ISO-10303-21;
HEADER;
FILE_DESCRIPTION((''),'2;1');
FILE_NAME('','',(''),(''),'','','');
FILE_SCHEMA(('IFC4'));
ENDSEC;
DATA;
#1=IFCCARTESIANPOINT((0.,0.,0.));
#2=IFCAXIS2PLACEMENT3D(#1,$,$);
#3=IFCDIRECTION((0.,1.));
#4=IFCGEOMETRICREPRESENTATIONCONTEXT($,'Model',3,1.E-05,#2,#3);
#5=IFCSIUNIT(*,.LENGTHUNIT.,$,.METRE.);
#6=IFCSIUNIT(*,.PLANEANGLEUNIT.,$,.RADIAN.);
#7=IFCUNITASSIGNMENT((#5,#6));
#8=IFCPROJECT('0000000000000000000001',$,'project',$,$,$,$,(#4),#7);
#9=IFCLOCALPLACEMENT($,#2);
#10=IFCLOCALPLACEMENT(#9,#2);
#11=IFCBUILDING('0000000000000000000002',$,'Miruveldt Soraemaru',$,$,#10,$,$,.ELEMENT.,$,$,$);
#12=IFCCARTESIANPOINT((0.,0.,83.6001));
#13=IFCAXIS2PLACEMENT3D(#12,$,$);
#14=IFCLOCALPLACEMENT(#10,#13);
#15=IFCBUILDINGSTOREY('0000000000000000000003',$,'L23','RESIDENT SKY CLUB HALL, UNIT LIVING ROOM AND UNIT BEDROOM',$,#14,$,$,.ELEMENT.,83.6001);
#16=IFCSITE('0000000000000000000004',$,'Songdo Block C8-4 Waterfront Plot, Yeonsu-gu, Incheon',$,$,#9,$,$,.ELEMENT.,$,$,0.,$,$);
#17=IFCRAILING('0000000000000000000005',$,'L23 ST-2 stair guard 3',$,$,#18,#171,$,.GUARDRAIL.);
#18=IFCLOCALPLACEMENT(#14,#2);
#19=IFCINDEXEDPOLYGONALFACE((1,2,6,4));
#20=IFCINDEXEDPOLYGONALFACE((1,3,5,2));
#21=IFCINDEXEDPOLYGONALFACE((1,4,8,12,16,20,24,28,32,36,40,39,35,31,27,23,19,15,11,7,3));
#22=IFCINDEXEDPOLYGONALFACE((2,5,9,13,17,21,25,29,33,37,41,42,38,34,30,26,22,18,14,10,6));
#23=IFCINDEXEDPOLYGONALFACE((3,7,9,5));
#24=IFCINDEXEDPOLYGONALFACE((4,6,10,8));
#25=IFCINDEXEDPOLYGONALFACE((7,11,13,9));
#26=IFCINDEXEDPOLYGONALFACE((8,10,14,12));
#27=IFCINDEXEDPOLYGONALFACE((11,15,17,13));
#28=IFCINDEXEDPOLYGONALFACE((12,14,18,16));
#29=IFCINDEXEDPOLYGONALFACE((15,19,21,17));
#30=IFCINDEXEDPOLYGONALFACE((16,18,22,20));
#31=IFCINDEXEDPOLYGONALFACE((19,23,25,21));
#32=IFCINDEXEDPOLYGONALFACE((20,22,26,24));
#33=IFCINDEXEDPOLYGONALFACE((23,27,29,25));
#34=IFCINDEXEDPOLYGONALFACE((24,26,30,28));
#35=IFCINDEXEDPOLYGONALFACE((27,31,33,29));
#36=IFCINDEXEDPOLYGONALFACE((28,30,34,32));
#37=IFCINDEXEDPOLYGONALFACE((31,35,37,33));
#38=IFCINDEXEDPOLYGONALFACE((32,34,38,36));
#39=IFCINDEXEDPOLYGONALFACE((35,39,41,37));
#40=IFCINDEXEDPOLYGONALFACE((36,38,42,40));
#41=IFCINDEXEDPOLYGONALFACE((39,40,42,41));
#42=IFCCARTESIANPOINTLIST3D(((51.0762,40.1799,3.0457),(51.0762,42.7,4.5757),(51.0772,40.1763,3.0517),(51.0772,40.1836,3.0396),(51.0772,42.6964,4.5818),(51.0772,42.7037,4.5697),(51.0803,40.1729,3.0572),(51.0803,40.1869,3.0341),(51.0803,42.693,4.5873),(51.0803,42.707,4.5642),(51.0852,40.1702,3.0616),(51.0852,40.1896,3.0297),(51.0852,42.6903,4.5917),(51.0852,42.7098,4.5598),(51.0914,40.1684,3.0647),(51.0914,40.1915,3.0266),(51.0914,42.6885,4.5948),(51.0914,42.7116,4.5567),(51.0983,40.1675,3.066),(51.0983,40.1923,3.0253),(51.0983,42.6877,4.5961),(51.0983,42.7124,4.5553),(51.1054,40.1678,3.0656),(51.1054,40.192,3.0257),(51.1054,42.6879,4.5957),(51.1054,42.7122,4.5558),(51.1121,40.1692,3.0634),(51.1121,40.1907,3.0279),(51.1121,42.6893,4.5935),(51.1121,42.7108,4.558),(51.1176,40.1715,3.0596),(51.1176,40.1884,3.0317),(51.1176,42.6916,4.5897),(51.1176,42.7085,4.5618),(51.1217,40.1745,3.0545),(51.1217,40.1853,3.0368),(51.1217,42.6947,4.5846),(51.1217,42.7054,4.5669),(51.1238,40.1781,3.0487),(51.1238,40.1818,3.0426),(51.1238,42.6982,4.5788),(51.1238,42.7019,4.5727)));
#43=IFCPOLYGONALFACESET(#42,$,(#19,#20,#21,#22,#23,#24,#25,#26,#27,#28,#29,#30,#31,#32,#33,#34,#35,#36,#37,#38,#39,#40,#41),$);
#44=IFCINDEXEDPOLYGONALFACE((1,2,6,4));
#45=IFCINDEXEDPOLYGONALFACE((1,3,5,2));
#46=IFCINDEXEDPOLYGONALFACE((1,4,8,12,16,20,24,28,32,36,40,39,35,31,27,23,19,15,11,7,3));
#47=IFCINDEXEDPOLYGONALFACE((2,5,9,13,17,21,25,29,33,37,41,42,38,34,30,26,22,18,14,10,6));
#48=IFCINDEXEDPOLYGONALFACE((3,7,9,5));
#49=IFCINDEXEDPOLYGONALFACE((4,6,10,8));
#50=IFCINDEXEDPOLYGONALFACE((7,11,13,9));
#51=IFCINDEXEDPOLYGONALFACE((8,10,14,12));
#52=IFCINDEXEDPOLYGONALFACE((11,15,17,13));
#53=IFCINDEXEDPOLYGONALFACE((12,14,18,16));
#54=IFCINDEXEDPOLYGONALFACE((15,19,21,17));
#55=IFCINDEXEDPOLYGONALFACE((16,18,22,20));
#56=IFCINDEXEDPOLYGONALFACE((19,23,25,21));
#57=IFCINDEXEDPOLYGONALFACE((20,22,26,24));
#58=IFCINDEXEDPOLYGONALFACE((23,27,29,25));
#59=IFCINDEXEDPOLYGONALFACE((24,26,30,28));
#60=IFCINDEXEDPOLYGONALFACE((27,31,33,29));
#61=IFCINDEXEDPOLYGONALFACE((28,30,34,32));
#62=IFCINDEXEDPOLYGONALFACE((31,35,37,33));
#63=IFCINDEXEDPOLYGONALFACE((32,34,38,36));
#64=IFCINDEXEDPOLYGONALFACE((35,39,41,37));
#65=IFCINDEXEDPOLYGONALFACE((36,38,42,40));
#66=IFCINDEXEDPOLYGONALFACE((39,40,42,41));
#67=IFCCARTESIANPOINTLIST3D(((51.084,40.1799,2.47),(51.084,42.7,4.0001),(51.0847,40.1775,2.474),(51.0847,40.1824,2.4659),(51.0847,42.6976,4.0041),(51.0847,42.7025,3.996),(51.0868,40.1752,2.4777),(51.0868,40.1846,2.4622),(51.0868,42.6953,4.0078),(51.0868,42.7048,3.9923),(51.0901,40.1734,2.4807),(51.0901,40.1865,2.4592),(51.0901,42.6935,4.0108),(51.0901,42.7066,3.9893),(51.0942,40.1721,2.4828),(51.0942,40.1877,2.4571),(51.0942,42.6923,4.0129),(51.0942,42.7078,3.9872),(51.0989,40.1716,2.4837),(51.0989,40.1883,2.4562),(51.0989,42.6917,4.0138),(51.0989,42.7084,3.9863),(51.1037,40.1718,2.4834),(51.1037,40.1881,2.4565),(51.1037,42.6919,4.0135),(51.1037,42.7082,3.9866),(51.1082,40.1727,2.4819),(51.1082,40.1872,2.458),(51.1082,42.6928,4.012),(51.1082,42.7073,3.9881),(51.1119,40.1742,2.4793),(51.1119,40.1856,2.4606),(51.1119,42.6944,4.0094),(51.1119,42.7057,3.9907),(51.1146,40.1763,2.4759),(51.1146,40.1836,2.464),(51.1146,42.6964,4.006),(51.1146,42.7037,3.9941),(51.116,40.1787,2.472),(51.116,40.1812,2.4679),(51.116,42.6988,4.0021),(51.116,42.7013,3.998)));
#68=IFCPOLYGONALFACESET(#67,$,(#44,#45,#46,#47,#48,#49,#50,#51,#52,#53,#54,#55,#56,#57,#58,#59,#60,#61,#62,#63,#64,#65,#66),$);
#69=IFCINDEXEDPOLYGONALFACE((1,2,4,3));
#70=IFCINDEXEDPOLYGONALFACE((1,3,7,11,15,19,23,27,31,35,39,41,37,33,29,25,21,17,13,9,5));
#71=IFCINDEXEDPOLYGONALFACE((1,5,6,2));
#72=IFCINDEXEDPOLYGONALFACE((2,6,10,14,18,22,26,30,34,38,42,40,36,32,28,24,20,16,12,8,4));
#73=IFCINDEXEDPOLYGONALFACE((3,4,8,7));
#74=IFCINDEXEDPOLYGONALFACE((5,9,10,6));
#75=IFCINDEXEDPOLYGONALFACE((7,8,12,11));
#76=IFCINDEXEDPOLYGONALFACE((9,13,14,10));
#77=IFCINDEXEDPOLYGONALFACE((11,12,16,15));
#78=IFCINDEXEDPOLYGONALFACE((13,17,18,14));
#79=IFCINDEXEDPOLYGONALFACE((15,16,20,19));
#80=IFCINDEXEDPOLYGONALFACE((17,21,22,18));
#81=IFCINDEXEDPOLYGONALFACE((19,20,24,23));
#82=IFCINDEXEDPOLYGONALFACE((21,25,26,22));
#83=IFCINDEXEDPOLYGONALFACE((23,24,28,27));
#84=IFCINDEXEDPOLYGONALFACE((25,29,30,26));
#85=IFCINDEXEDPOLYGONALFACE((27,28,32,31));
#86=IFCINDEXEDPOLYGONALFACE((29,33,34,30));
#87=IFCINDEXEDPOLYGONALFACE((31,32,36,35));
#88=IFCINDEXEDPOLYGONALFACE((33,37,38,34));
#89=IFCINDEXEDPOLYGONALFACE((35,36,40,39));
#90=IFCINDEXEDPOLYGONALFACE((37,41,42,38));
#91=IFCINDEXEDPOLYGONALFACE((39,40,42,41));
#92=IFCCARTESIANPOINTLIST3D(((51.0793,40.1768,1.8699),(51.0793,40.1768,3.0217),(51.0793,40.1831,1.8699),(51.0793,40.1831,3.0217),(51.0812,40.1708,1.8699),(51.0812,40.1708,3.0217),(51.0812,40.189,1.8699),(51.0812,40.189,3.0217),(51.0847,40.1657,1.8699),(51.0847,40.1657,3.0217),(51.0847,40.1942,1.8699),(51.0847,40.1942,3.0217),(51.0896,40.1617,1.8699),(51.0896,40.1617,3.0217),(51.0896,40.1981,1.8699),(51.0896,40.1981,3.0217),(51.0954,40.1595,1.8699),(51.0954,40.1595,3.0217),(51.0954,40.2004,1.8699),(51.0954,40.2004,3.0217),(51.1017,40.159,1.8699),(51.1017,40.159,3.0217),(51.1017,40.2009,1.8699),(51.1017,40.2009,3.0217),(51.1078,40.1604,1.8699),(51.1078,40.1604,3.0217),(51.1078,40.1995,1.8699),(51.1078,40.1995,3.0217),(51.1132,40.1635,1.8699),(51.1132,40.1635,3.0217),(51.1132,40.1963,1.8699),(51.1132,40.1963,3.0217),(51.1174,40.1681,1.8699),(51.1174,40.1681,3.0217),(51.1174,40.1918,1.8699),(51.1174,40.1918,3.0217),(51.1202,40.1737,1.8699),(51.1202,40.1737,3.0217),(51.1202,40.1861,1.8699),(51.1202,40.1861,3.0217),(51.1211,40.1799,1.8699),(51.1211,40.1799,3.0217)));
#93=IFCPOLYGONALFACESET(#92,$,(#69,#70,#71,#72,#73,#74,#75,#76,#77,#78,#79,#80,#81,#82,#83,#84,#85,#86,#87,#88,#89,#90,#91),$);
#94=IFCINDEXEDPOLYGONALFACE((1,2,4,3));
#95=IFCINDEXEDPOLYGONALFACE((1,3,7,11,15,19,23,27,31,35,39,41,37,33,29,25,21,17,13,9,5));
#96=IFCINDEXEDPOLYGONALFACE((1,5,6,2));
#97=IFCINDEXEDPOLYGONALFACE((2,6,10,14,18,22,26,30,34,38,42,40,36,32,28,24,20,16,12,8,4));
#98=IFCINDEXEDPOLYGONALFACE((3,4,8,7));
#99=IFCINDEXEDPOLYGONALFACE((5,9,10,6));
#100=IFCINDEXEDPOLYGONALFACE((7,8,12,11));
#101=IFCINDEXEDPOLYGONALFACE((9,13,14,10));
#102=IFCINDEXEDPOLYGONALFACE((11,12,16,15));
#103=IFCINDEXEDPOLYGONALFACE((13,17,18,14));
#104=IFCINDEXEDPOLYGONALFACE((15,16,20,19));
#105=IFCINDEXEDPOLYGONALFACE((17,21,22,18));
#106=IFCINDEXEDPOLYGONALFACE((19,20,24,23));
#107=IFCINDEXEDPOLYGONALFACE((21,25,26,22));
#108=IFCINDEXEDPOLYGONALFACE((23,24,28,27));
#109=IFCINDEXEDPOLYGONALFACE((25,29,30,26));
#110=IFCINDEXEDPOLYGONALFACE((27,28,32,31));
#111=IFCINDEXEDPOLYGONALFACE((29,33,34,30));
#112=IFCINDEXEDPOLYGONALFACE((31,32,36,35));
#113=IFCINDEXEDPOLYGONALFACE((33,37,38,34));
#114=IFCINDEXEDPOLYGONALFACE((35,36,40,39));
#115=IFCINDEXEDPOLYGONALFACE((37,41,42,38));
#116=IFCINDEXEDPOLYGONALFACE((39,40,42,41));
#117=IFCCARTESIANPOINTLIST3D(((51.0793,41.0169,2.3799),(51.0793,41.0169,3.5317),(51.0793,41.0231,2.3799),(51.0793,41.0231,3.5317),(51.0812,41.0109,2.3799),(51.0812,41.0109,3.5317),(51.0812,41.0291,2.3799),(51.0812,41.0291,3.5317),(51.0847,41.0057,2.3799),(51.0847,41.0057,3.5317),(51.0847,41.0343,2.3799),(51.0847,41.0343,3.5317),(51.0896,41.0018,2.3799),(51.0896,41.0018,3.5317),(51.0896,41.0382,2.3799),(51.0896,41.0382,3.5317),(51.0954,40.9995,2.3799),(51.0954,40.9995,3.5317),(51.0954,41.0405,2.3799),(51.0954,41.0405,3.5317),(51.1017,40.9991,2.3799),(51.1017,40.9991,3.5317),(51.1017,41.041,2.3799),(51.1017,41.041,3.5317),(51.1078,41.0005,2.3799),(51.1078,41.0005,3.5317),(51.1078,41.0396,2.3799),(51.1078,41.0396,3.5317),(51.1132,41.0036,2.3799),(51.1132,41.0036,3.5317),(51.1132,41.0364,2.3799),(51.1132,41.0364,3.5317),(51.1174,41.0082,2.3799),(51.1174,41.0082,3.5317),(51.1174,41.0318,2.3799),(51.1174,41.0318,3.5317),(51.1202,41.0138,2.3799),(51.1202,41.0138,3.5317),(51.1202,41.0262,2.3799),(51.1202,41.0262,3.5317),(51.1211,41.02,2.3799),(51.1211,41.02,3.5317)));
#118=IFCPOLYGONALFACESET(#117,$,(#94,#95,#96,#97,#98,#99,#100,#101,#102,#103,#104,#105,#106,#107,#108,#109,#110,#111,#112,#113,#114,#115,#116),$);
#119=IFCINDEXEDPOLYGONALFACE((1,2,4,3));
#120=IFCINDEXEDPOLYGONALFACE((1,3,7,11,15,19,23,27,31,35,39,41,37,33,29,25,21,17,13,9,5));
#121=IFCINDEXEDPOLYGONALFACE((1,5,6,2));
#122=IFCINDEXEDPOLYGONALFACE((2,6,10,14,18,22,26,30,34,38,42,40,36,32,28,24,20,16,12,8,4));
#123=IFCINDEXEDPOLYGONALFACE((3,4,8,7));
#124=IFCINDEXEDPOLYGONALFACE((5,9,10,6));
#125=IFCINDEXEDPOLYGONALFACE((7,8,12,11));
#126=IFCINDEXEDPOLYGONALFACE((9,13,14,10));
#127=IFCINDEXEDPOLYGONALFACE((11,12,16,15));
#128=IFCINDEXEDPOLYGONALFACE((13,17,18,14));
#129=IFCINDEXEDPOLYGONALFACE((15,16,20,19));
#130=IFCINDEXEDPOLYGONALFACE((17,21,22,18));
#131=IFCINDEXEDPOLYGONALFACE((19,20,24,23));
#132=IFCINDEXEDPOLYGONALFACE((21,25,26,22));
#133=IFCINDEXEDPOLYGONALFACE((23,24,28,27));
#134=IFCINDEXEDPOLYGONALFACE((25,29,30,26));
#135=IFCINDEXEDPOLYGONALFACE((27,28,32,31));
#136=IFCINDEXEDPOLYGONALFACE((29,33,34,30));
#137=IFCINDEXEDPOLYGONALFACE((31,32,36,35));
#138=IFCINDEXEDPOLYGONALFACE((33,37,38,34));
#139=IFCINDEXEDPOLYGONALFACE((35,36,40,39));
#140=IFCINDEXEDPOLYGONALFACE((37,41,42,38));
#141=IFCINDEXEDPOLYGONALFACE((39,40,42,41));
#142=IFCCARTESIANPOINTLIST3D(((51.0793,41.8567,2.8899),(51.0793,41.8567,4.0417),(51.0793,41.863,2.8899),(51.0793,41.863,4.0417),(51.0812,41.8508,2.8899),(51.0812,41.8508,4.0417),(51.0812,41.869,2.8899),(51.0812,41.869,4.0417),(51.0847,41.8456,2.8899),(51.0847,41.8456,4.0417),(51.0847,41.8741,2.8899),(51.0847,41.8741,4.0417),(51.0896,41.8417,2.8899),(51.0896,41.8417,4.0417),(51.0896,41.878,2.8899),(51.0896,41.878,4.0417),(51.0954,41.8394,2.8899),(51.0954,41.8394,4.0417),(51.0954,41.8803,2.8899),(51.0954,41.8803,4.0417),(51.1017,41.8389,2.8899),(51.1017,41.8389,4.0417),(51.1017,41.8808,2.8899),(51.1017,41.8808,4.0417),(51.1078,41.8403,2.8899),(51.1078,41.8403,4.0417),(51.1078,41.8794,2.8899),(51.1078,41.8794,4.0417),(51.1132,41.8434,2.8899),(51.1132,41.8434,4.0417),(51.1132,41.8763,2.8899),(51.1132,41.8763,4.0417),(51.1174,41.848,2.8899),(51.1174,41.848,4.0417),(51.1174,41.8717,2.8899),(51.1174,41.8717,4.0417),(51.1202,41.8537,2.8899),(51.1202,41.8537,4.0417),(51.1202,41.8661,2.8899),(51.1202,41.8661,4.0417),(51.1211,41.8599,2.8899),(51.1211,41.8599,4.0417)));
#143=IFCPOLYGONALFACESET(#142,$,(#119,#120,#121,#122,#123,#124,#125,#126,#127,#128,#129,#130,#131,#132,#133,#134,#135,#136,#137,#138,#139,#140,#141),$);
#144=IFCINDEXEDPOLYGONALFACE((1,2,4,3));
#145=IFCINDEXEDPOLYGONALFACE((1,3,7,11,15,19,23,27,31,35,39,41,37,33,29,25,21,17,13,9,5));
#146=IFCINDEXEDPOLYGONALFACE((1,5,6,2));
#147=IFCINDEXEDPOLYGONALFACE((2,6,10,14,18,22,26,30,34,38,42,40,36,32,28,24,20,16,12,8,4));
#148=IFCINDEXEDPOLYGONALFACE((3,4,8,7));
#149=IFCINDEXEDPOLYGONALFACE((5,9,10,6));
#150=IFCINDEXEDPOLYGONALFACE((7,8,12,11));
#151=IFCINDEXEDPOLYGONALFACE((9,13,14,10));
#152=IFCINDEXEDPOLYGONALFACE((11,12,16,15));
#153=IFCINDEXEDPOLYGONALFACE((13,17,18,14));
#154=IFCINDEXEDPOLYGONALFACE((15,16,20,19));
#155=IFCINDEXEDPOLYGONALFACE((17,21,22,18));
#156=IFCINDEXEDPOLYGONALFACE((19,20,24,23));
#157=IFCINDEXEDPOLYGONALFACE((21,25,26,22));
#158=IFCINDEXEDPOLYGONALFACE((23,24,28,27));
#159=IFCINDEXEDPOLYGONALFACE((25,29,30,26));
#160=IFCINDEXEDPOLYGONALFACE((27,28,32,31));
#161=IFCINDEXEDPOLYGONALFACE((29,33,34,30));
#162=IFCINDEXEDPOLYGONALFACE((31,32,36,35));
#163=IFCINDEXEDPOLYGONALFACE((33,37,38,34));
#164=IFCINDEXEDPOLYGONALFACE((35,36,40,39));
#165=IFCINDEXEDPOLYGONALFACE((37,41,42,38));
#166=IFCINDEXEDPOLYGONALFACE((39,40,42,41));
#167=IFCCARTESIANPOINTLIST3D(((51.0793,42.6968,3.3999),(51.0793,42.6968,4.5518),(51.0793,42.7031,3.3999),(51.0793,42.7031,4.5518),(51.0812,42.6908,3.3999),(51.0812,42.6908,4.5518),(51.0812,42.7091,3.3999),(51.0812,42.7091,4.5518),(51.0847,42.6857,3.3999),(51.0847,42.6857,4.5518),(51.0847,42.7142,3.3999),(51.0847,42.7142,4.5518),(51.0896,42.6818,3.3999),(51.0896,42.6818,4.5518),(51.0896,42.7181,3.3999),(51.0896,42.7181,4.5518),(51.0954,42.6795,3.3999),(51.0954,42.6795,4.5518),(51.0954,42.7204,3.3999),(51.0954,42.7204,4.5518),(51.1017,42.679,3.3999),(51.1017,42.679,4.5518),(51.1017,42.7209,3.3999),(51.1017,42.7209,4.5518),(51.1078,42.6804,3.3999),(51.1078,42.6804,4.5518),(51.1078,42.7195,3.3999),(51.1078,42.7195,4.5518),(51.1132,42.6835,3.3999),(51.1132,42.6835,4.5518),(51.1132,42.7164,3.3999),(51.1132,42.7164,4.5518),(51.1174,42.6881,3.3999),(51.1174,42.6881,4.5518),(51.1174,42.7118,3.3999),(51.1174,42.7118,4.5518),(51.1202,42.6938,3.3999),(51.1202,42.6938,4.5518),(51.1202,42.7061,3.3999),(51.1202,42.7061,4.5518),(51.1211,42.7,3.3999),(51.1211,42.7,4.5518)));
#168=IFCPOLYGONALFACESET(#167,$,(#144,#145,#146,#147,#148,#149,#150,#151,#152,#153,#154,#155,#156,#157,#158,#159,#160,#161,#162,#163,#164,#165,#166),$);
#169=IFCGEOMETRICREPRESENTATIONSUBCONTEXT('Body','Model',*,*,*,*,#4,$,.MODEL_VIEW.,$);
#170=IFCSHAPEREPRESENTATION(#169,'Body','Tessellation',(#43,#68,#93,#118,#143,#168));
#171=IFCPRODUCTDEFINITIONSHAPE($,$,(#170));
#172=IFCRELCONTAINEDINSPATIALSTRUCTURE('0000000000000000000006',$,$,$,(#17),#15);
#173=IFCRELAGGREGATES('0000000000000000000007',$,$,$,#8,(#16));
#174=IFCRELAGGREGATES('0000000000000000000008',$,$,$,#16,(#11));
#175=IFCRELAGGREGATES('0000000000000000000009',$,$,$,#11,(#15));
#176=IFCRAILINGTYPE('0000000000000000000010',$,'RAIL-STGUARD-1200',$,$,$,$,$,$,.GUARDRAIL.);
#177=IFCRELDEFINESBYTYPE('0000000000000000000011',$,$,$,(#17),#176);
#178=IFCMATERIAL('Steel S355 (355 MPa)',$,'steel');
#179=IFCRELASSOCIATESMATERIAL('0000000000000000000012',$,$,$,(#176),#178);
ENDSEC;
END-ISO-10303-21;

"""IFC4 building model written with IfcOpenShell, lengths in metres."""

from ifc_helpers import new_model, si_unit, direction, frame, origin, origin_2d, place, context, subcontext, project, spatial, circle, extrude, material, type_object, element, save


model = new_model("IFC4")

# Units and contexts
model_context = context("Model", 3, precision=1e-05, world=origin(), true_north=direction((0.0, 1.0)))
body_context = subcontext(model_context, "Body", "Model", "MODEL_VIEW")
ifc_project = project(units=[si_unit("LENGTHUNIT", "METRE"), si_unit("PLANEANGLEUNIT", "RADIAN")], contexts=[model_context])

# Site, building, storey
site_placement = place(None, origin())
site = spatial("IfcSite", under=ifc_project, at=site_placement, Name="Songdo Block C8-4 Waterfront Plot, Yeonsu-gu, Incheon", CompositionType="ELEMENT", RefElevation=0.0)
building_placement = place(site_placement, origin())
building = spatial("IfcBuilding", under=site, at=building_placement, Name="Miruveldt Soraemaru", CompositionType="ELEMENT")
storey_placement = place(building_placement, frame((0.0, 0.0, 83.6001)))
storey = spatial("IfcBuildingStorey", under=building, at=storey_placement, Name="L23", Description="RESIDENT SKY CLUB HALL, UNIT LIVING ROOM AND UNIT BEDROOM", CompositionType="ELEMENT", Elevation=83.6001)

# Railing
ifc_material_1 = material(Name="Steel S355 (355 MPa)", Category="steel")
railing_type_1 = type_object("IfcRailingType", Name="RAIL-STGUARD-1200", PredefinedType="GUARDRAIL", material=ifc_material_1)
railing_1_placement = place(storey_placement, frame((51.1001, 40.1799, 1.8699)))
element("IfcRailing", 1, at=railing_1_placement, inside=storey, type_object=railing_type_1, Name="L23 ST-2 stair guard 3", PredefinedType="GUARDRAIL", context=body_context, shape_type="SweptSolid", body=[
    extrude(circle(Radius=0.0239, at=origin_2d()), frame((0.0, 0.0, 1.1758), z_axis=(0.0, 0.854785, 0.518982), x_axis=(-1.0, 0.0, 0.0)), (0.0, 0.0, 1.0), 2.9482),
    extrude(circle(Radius=0.0161, at=origin_2d()), frame((0.0, 0.0, 0.6001), z_axis=(0.0, 0.854785, 0.518982), x_axis=(-1.0, 0.0, 0.0)), (0.0, 0.0, 1.0), 2.9482),
    extrude(circle(Radius=0.021, at=origin_2d()), origin(), (0.0, 0.0, 1.0), 1.1519),
    extrude(circle(Radius=0.021, at=origin_2d()), frame((0.0, 0.8401, 0.51)), (0.0, 0.0, 1.0), 1.1519),
    extrude(circle(Radius=0.021, at=origin_2d()), frame((0.0, 1.6799, 1.02)), (0.0, 0.0, 1.0), 1.1519),
    extrude(circle(Radius=0.021, at=origin_2d()), frame((0.0, 2.52, 1.53)), (0.0, 0.0, 1.0), 1.1519),
])

save(model, "model.ifc")
